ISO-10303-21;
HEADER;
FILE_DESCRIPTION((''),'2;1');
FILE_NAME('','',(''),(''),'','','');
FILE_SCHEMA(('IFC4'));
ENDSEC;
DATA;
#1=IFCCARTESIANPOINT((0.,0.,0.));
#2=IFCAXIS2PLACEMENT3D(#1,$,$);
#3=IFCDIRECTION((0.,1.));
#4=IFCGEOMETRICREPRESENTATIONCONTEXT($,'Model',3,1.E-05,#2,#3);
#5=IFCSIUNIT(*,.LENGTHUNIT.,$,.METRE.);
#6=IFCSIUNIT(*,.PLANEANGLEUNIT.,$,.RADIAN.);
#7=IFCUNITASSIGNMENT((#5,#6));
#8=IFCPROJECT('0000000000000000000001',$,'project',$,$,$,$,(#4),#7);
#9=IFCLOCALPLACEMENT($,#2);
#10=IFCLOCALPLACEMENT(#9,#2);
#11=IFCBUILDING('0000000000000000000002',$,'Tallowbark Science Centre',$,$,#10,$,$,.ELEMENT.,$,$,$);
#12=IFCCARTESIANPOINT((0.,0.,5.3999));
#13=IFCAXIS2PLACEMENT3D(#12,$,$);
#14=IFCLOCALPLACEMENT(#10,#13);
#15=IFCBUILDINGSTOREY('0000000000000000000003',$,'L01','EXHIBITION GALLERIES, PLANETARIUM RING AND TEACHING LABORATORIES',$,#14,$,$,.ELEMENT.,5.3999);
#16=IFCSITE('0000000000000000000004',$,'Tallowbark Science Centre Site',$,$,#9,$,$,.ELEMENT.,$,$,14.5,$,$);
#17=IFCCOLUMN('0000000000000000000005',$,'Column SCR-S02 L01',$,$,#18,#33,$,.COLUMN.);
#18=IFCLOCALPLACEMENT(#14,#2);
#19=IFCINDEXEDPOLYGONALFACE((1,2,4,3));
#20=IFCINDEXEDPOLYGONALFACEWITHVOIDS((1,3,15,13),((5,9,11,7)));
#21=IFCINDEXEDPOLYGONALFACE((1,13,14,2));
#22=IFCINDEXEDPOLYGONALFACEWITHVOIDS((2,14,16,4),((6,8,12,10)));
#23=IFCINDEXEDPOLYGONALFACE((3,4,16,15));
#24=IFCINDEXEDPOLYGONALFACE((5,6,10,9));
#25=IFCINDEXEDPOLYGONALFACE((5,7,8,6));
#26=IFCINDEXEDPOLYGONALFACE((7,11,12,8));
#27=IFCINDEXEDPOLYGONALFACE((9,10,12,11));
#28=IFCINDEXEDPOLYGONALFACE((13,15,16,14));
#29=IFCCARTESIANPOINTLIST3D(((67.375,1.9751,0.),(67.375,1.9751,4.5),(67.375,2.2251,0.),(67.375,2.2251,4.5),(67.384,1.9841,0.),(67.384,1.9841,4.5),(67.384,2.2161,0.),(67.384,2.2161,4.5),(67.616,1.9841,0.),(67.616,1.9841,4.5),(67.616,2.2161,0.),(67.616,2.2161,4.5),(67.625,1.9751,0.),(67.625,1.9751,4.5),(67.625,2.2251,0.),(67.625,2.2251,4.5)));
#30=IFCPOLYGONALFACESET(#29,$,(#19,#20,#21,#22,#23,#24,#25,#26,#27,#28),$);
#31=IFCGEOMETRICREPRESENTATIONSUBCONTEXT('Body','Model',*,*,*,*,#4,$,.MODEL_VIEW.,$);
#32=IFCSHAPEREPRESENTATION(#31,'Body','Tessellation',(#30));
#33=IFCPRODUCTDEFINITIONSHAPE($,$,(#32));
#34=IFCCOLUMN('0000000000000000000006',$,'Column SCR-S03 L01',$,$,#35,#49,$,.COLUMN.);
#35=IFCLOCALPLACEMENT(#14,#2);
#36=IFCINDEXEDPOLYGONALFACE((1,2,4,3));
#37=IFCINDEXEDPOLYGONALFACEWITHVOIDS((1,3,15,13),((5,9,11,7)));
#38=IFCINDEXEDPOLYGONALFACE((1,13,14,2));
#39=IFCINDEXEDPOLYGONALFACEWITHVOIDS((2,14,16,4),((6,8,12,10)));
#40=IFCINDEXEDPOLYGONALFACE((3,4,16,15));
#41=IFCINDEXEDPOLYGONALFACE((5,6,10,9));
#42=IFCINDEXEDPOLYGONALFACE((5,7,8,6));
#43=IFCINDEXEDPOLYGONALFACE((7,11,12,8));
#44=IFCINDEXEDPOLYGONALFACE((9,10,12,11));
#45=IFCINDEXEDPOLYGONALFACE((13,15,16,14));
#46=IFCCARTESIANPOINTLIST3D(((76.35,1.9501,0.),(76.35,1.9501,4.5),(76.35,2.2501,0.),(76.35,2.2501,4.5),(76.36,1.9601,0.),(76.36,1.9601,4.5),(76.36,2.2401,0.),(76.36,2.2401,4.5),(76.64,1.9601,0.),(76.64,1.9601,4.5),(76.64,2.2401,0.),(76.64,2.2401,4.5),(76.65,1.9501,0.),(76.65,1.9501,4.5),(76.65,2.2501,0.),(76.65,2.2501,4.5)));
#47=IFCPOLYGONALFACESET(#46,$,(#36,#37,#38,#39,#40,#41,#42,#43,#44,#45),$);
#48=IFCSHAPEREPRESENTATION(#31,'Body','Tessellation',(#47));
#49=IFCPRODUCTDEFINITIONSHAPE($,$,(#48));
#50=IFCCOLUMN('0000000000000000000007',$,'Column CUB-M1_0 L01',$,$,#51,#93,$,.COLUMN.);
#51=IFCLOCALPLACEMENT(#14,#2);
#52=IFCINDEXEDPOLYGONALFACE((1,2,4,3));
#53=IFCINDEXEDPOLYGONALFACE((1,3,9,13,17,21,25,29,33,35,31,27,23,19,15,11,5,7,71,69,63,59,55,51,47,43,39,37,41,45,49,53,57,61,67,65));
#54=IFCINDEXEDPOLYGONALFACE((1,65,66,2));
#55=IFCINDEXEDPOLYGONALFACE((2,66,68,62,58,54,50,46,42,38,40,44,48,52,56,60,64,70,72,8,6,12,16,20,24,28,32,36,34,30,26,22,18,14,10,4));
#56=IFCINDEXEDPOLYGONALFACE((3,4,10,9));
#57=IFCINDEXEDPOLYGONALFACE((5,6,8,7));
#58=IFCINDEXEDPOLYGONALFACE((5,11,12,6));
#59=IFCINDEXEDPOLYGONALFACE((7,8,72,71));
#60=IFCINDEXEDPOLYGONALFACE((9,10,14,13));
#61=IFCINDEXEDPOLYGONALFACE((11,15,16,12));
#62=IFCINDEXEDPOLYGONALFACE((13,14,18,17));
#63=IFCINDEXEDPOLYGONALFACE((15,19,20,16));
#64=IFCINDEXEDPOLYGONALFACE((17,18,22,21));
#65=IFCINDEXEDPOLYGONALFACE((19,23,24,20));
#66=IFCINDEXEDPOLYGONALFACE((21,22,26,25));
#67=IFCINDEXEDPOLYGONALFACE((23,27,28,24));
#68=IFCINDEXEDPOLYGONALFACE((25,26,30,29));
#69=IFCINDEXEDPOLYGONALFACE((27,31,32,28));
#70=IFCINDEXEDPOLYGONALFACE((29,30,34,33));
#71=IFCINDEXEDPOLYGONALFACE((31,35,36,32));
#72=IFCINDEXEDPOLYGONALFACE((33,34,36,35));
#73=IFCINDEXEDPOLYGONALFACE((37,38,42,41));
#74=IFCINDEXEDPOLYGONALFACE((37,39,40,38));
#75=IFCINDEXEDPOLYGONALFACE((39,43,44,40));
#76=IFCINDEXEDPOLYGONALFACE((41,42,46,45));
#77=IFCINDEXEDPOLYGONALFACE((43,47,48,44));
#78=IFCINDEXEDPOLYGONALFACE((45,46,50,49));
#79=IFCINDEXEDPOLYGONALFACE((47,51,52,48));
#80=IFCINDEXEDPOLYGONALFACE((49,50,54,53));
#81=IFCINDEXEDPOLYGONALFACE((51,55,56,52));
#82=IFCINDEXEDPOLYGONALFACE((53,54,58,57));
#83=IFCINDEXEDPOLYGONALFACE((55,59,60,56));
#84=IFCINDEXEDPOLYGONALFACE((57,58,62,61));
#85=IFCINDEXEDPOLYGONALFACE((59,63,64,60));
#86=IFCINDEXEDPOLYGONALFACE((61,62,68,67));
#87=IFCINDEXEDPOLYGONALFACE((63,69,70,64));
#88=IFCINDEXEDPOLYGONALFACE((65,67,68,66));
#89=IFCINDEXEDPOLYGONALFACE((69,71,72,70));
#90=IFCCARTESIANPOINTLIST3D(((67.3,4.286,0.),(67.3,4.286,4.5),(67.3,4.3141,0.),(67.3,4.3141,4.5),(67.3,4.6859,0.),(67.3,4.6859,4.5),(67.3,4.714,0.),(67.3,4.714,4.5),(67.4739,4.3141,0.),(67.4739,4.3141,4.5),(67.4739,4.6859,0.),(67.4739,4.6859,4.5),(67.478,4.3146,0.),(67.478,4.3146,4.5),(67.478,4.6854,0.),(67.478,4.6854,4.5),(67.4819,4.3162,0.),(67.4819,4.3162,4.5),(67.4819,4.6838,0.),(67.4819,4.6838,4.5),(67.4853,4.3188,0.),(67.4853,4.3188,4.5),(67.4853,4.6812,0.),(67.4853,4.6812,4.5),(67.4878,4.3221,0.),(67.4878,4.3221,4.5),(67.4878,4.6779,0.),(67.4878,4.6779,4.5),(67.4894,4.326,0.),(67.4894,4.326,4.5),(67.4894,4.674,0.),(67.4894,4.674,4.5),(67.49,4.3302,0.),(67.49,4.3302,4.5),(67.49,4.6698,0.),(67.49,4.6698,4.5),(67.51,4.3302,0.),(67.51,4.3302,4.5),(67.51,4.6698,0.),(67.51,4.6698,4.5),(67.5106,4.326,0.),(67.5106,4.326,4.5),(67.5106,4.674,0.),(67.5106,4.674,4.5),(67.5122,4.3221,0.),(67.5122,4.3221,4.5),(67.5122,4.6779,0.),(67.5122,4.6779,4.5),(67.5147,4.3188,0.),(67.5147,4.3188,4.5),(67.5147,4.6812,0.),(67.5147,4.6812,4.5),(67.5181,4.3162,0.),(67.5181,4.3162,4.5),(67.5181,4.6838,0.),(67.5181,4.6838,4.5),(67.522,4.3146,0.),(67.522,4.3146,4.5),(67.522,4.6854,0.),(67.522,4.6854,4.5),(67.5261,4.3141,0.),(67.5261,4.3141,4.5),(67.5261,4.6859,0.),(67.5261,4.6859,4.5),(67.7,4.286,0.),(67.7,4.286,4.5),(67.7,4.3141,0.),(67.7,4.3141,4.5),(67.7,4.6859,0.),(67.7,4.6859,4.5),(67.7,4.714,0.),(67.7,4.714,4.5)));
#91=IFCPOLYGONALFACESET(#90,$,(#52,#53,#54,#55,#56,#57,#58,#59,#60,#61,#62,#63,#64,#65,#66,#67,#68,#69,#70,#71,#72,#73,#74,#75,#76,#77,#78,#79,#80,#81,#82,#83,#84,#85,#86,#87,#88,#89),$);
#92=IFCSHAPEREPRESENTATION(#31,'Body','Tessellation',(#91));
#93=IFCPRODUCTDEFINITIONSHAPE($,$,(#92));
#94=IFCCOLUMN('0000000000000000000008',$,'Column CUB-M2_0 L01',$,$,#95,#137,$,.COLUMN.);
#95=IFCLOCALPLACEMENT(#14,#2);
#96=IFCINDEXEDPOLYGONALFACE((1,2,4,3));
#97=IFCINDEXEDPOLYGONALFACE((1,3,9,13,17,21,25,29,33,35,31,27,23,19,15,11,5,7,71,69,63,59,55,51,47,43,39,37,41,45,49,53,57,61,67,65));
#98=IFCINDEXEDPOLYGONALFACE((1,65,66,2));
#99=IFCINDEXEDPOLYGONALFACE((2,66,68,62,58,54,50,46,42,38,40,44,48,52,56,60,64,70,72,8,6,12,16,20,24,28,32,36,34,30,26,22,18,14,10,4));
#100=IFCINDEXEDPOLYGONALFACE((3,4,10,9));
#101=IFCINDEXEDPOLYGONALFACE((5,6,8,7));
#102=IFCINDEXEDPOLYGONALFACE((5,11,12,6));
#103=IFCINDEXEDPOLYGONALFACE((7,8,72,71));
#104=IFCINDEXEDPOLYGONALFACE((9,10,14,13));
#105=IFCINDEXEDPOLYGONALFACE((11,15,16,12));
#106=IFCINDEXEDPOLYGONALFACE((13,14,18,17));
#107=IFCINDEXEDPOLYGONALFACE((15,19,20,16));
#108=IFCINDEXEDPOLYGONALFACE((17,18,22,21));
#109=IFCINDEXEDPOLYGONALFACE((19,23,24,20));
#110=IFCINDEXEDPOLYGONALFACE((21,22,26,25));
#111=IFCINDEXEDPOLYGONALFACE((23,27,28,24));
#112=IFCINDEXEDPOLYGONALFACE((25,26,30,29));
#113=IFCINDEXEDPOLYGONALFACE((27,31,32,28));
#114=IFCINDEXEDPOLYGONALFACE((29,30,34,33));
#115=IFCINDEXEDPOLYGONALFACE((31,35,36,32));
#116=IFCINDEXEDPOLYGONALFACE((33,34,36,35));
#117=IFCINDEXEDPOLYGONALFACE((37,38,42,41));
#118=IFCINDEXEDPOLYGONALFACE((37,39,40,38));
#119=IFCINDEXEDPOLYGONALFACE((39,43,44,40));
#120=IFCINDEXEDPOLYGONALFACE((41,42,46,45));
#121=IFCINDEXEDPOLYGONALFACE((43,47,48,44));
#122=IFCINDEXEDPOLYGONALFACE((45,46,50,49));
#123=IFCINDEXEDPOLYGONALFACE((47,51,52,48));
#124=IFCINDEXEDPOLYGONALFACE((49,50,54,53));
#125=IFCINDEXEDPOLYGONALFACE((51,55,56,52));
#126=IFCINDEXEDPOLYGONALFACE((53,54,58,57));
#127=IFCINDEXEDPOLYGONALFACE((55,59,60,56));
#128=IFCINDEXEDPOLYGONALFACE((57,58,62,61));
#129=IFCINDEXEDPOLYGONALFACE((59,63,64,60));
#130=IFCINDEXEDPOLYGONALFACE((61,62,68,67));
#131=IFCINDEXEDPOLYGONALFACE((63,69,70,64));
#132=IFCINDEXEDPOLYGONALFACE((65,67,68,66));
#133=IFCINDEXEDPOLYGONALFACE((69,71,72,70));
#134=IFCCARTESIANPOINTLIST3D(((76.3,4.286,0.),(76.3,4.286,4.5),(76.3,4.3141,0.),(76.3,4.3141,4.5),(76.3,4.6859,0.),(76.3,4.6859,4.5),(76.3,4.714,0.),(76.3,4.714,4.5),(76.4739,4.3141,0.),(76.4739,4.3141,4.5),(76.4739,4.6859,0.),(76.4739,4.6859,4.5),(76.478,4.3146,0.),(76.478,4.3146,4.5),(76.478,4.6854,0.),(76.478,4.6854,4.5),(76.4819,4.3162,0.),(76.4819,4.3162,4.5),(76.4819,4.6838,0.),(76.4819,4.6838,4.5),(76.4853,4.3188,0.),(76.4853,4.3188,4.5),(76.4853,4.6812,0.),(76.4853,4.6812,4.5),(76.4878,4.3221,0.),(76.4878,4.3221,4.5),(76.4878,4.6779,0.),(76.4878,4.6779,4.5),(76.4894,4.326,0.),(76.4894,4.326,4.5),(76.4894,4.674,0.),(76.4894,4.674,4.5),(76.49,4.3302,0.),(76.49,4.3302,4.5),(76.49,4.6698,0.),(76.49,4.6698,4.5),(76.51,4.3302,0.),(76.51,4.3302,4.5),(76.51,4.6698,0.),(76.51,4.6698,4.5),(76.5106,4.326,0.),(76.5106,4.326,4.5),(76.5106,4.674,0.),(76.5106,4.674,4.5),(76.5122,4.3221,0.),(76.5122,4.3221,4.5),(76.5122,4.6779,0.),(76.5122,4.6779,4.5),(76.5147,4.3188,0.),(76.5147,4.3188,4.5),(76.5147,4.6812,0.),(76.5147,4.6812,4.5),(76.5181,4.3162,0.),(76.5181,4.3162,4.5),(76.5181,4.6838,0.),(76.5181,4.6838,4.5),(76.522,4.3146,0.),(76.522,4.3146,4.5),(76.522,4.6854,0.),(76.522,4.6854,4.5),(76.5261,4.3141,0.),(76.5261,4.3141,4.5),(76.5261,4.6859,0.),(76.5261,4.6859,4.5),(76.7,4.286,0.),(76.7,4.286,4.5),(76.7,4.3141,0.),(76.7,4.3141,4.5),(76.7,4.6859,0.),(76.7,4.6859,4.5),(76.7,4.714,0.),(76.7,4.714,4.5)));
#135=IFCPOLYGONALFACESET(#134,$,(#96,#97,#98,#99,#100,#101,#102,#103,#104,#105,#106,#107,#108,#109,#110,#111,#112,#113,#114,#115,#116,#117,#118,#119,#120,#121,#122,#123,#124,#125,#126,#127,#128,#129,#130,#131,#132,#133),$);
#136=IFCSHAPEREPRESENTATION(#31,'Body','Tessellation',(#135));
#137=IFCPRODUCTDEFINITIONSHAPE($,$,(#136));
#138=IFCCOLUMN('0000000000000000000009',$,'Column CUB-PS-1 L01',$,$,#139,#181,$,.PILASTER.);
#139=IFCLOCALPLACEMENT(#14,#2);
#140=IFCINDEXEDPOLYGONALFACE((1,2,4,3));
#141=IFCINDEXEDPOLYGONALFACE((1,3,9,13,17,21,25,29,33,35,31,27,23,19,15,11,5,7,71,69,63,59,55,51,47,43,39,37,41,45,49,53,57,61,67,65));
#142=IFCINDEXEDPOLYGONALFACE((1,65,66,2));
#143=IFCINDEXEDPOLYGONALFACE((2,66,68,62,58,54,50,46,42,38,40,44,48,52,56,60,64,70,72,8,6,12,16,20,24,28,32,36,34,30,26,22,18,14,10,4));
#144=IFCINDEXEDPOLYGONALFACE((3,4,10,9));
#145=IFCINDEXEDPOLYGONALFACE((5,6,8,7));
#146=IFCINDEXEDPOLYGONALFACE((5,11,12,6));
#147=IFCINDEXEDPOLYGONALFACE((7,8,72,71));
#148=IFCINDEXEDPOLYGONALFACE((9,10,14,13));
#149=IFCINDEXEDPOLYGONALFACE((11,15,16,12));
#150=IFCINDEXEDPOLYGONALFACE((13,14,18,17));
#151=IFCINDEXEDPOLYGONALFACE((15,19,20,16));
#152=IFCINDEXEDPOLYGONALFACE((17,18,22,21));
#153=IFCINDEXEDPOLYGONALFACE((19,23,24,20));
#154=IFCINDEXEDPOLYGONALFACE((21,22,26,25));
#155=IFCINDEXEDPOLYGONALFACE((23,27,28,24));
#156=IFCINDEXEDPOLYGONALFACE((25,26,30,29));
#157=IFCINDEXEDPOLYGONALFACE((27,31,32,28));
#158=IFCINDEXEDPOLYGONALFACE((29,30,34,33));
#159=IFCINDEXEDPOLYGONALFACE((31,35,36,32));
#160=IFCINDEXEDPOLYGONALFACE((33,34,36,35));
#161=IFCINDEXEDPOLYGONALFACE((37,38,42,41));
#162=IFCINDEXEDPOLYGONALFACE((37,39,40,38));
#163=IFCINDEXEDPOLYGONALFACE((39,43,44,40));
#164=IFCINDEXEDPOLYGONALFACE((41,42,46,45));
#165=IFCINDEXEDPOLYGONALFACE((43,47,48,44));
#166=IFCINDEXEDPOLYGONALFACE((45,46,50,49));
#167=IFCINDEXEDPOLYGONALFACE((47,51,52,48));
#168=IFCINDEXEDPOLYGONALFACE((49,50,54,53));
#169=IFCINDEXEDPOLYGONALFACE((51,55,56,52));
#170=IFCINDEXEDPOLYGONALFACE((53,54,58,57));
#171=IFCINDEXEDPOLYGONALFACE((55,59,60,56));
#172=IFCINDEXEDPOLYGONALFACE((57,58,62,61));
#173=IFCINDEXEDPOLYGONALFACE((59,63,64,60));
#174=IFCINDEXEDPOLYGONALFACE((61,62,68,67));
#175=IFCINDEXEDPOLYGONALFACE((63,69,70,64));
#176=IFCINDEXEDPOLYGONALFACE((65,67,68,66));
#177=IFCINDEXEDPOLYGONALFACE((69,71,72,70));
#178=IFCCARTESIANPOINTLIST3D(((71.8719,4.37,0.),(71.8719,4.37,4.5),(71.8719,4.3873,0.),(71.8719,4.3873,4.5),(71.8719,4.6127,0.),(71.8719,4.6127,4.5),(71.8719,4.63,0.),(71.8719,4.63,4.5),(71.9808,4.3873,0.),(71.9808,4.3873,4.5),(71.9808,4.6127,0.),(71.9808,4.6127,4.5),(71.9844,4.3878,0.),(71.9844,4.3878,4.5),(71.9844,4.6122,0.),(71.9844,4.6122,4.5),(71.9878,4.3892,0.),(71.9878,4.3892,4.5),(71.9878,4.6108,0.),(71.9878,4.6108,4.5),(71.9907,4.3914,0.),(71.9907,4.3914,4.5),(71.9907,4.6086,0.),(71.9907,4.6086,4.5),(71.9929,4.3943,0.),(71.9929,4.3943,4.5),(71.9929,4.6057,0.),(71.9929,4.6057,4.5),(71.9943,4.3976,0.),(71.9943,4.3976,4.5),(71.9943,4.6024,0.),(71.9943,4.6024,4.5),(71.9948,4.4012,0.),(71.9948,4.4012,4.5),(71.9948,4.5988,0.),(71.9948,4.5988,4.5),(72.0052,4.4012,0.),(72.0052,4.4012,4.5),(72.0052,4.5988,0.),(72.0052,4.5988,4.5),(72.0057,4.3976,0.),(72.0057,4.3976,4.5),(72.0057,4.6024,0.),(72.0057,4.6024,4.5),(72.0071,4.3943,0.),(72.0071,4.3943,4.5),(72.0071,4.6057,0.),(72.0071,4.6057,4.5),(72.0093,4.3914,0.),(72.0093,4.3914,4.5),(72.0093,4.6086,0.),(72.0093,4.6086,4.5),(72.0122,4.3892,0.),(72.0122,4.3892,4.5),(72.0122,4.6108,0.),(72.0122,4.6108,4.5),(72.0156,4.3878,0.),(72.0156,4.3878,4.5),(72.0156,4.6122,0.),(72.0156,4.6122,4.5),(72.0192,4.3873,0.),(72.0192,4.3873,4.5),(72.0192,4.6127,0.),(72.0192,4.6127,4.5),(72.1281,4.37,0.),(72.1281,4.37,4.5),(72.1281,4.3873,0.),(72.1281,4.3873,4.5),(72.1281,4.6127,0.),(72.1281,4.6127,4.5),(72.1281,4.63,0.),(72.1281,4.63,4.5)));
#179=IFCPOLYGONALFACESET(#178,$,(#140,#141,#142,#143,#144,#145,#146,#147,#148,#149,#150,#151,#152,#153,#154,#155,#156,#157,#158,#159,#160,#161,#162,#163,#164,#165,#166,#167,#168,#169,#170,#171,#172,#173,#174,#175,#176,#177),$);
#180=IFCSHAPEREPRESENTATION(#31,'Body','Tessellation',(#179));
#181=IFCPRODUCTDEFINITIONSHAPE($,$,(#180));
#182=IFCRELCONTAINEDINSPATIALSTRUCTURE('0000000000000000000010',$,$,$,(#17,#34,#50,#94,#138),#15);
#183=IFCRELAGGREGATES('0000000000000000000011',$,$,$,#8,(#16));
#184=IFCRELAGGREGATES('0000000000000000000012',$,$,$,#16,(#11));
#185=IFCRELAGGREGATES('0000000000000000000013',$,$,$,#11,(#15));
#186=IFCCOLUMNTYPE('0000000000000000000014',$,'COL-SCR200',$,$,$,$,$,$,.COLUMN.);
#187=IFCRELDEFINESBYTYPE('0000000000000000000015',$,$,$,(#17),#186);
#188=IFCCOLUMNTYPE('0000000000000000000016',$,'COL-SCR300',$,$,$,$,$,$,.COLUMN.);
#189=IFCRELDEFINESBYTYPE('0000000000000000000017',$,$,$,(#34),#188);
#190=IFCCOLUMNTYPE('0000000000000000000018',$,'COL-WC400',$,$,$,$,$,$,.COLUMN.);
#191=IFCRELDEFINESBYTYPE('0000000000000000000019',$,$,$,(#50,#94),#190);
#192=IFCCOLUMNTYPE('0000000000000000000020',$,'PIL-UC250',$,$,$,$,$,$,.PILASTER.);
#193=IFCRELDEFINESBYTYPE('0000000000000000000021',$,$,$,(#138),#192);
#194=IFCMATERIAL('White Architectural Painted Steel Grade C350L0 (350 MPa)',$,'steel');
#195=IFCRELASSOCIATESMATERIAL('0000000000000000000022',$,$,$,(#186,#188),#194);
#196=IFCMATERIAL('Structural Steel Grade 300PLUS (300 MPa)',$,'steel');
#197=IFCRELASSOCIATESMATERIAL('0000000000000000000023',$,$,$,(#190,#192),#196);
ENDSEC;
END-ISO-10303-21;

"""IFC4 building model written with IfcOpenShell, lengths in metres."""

from ifc_helpers import new_model, si_unit, direction, frame, origin, origin_2d, place, context, subcontext, project, spatial, hollow_rectangle, i_section, extrude, material, material_profile, profile_set, type_object, element, save


model = new_model("IFC4")

# Units and contexts
model_context = context("Model", 3, precision=1e-05, world=origin(), true_north=direction((0.0, 1.0)))
body_context = subcontext(model_context, "Body", "Model", "MODEL_VIEW")
ifc_project = project(units=[si_unit("LENGTHUNIT", "METRE"), si_unit("PLANEANGLEUNIT", "RADIAN")], contexts=[model_context])

# Site, building, storey
site_placement = place(None, origin())
site = spatial("IfcSite", under=ifc_project, at=site_placement, Name="Tallowbark Science Centre Site", CompositionType="ELEMENT", RefElevation=14.5)
building_placement = place(site_placement, origin())
building = spatial("IfcBuilding", under=site, at=building_placement, Name="Tallowbark Science Centre", CompositionType="ELEMENT")
storey_placement = place(building_placement, frame((0.0, 0.0, 5.3999)))
storey = spatial("IfcBuildingStorey", under=building, at=storey_placement, Name="L01", Description="EXHIBITION GALLERIES, PLANETARIUM RING AND TEACHING LABORATORIES", CompositionType="ELEMENT", Elevation=5.3999)

# Columns
ifc_material_1 = material(Name="White Architectural Painted Steel Grade C350L0 (350 MPa)", Category="steel")
ifc_material_profile_1 = material_profile(ifc_material_1, hollow_rectangle(XDim=0.25, YDim=0.25, WallThickness=0.009, at=origin_2d()), Name="250x250x9.0SHS")
ifc_profile_set_1 = profile_set([ifc_material_profile_1], Name="White Architectural Painted Steel Grade C350L0 (350 MPa)")
column_type_1 = type_object("IfcColumnType", Name="COL-SCR200", PredefinedType="COLUMN", material=ifc_profile_set_1)
column_1_placement = place(storey_placement, frame((67.5, 2.1001, 0.0), z_axis=(0.0, 0.0, 1.0), x_axis=(1.0, 0.0, 0.0)))
element("IfcColumn", 1, at=column_1_placement, inside=storey, type_object=column_type_1, Name="Column SCR-S02 L01", PredefinedType="COLUMN", context=body_context, shape_type="SweptSolid", body=[
    extrude(hollow_rectangle(XDim=0.25, YDim=0.25, WallThickness=0.009, at=origin_2d()), origin(), (0.0, 0.0, 1.0), 4.5),
])
ifc_material_profile_2 = material_profile(ifc_material_1, hollow_rectangle(XDim=0.3, YDim=0.3, WallThickness=0.01, at=origin_2d()), Name="300x300x10.0SHS")
ifc_profile_set_2 = profile_set([ifc_material_profile_2], Name="White Architectural Painted Steel Grade C350L0 (350 MPa)")
column_type_2 = type_object("IfcColumnType", Name="COL-SCR300", PredefinedType="COLUMN", material=ifc_profile_set_2)
column_2_placement = place(storey_placement, frame((76.5, 2.1001, 0.0), z_axis=(0.0, 0.0, 1.0), x_axis=(1.0, 0.0, 0.0)))
element("IfcColumn", 2, at=column_2_placement, inside=storey, type_object=column_type_2, Name="Column SCR-S03 L01", PredefinedType="COLUMN", context=body_context, shape_type="SweptSolid", body=[
    extrude(hollow_rectangle(XDim=0.3, YDim=0.3, WallThickness=0.01, at=origin_2d()), origin(), (0.0, 0.0, 1.0), 4.5),
])
ifc_material_2 = material(Name="Structural Steel Grade 300PLUS (300 MPa)", Category="steel")
ifc_material_profile_3 = material_profile(ifc_material_2, i_section(OverallWidth=0.3999, OverallDepth=0.428, WebThickness=0.02, FlangeThickness=0.0281, FilletRadius=0.0161, at=origin_2d()), Name="400WC270")
ifc_profile_set_3 = profile_set([ifc_material_profile_3], Name="Structural Steel Grade 300PLUS (300 MPa)")
column_type_3 = type_object("IfcColumnType", Name="COL-WC400", PredefinedType="COLUMN", material=ifc_profile_set_3)
for number, where, z_axis, x_axis, name in (
    (3, (67.5, 4.5, 0.0), (0.0, 0.0, 1.0), (1.0, 0.0, 0.0), "Column CUB-M1_0 L01"),
    (4, (76.5, 4.5, 0.0), (0.0, 0.0, 1.0), (1.0, 0.0, 0.0), "Column CUB-M2_0 L01"),
):
    element("IfcColumn", number, at=place(storey_placement, frame(where, z_axis=z_axis, x_axis=x_axis)), inside=storey, type_object=column_type_3, Name=name, PredefinedType="COLUMN", context=body_context, shape_type="SweptSolid", body=[
        extrude(i_section(OverallWidth=0.3999, OverallDepth=0.428, WebThickness=0.02, FlangeThickness=0.0281, FilletRadius=0.0161, at=origin_2d()), origin(), (0.0, 0.0, 1.0), 4.5),
    ])
ifc_material_profile_4 = material_profile(ifc_material_2, i_section(OverallWidth=0.2561, OverallDepth=0.26, WebThickness=0.0105, FlangeThickness=0.0173, FilletRadius=0.0139, at=origin_2d()), Name="250UC89.5")
ifc_profile_set_4 = profile_set([ifc_material_profile_4], Name="Structural Steel Grade 300PLUS (300 MPa)")
column_type_4 = type_object("IfcColumnType", Name="PIL-UC250", PredefinedType="PILASTER", material=ifc_profile_set_4)
column_3_placement = place(storey_placement, frame((72.0, 4.5, 0.0), z_axis=(0.0, 0.0, 1.0), x_axis=(1.0, 0.0, 0.0)))
element("IfcColumn", 5, at=column_3_placement, inside=storey, type_object=column_type_4, Name="Column CUB-PS-1 L01", PredefinedType="PILASTER", context=body_context, shape_type="SweptSolid", body=[
    extrude(i_section(OverallWidth=0.2561, OverallDepth=0.26, WebThickness=0.0105, FlangeThickness=0.0173, FilletRadius=0.0139, at=origin_2d()), origin(), (0.0, 0.0, 1.0), 4.5),
])

save(model, "model.ifc")
